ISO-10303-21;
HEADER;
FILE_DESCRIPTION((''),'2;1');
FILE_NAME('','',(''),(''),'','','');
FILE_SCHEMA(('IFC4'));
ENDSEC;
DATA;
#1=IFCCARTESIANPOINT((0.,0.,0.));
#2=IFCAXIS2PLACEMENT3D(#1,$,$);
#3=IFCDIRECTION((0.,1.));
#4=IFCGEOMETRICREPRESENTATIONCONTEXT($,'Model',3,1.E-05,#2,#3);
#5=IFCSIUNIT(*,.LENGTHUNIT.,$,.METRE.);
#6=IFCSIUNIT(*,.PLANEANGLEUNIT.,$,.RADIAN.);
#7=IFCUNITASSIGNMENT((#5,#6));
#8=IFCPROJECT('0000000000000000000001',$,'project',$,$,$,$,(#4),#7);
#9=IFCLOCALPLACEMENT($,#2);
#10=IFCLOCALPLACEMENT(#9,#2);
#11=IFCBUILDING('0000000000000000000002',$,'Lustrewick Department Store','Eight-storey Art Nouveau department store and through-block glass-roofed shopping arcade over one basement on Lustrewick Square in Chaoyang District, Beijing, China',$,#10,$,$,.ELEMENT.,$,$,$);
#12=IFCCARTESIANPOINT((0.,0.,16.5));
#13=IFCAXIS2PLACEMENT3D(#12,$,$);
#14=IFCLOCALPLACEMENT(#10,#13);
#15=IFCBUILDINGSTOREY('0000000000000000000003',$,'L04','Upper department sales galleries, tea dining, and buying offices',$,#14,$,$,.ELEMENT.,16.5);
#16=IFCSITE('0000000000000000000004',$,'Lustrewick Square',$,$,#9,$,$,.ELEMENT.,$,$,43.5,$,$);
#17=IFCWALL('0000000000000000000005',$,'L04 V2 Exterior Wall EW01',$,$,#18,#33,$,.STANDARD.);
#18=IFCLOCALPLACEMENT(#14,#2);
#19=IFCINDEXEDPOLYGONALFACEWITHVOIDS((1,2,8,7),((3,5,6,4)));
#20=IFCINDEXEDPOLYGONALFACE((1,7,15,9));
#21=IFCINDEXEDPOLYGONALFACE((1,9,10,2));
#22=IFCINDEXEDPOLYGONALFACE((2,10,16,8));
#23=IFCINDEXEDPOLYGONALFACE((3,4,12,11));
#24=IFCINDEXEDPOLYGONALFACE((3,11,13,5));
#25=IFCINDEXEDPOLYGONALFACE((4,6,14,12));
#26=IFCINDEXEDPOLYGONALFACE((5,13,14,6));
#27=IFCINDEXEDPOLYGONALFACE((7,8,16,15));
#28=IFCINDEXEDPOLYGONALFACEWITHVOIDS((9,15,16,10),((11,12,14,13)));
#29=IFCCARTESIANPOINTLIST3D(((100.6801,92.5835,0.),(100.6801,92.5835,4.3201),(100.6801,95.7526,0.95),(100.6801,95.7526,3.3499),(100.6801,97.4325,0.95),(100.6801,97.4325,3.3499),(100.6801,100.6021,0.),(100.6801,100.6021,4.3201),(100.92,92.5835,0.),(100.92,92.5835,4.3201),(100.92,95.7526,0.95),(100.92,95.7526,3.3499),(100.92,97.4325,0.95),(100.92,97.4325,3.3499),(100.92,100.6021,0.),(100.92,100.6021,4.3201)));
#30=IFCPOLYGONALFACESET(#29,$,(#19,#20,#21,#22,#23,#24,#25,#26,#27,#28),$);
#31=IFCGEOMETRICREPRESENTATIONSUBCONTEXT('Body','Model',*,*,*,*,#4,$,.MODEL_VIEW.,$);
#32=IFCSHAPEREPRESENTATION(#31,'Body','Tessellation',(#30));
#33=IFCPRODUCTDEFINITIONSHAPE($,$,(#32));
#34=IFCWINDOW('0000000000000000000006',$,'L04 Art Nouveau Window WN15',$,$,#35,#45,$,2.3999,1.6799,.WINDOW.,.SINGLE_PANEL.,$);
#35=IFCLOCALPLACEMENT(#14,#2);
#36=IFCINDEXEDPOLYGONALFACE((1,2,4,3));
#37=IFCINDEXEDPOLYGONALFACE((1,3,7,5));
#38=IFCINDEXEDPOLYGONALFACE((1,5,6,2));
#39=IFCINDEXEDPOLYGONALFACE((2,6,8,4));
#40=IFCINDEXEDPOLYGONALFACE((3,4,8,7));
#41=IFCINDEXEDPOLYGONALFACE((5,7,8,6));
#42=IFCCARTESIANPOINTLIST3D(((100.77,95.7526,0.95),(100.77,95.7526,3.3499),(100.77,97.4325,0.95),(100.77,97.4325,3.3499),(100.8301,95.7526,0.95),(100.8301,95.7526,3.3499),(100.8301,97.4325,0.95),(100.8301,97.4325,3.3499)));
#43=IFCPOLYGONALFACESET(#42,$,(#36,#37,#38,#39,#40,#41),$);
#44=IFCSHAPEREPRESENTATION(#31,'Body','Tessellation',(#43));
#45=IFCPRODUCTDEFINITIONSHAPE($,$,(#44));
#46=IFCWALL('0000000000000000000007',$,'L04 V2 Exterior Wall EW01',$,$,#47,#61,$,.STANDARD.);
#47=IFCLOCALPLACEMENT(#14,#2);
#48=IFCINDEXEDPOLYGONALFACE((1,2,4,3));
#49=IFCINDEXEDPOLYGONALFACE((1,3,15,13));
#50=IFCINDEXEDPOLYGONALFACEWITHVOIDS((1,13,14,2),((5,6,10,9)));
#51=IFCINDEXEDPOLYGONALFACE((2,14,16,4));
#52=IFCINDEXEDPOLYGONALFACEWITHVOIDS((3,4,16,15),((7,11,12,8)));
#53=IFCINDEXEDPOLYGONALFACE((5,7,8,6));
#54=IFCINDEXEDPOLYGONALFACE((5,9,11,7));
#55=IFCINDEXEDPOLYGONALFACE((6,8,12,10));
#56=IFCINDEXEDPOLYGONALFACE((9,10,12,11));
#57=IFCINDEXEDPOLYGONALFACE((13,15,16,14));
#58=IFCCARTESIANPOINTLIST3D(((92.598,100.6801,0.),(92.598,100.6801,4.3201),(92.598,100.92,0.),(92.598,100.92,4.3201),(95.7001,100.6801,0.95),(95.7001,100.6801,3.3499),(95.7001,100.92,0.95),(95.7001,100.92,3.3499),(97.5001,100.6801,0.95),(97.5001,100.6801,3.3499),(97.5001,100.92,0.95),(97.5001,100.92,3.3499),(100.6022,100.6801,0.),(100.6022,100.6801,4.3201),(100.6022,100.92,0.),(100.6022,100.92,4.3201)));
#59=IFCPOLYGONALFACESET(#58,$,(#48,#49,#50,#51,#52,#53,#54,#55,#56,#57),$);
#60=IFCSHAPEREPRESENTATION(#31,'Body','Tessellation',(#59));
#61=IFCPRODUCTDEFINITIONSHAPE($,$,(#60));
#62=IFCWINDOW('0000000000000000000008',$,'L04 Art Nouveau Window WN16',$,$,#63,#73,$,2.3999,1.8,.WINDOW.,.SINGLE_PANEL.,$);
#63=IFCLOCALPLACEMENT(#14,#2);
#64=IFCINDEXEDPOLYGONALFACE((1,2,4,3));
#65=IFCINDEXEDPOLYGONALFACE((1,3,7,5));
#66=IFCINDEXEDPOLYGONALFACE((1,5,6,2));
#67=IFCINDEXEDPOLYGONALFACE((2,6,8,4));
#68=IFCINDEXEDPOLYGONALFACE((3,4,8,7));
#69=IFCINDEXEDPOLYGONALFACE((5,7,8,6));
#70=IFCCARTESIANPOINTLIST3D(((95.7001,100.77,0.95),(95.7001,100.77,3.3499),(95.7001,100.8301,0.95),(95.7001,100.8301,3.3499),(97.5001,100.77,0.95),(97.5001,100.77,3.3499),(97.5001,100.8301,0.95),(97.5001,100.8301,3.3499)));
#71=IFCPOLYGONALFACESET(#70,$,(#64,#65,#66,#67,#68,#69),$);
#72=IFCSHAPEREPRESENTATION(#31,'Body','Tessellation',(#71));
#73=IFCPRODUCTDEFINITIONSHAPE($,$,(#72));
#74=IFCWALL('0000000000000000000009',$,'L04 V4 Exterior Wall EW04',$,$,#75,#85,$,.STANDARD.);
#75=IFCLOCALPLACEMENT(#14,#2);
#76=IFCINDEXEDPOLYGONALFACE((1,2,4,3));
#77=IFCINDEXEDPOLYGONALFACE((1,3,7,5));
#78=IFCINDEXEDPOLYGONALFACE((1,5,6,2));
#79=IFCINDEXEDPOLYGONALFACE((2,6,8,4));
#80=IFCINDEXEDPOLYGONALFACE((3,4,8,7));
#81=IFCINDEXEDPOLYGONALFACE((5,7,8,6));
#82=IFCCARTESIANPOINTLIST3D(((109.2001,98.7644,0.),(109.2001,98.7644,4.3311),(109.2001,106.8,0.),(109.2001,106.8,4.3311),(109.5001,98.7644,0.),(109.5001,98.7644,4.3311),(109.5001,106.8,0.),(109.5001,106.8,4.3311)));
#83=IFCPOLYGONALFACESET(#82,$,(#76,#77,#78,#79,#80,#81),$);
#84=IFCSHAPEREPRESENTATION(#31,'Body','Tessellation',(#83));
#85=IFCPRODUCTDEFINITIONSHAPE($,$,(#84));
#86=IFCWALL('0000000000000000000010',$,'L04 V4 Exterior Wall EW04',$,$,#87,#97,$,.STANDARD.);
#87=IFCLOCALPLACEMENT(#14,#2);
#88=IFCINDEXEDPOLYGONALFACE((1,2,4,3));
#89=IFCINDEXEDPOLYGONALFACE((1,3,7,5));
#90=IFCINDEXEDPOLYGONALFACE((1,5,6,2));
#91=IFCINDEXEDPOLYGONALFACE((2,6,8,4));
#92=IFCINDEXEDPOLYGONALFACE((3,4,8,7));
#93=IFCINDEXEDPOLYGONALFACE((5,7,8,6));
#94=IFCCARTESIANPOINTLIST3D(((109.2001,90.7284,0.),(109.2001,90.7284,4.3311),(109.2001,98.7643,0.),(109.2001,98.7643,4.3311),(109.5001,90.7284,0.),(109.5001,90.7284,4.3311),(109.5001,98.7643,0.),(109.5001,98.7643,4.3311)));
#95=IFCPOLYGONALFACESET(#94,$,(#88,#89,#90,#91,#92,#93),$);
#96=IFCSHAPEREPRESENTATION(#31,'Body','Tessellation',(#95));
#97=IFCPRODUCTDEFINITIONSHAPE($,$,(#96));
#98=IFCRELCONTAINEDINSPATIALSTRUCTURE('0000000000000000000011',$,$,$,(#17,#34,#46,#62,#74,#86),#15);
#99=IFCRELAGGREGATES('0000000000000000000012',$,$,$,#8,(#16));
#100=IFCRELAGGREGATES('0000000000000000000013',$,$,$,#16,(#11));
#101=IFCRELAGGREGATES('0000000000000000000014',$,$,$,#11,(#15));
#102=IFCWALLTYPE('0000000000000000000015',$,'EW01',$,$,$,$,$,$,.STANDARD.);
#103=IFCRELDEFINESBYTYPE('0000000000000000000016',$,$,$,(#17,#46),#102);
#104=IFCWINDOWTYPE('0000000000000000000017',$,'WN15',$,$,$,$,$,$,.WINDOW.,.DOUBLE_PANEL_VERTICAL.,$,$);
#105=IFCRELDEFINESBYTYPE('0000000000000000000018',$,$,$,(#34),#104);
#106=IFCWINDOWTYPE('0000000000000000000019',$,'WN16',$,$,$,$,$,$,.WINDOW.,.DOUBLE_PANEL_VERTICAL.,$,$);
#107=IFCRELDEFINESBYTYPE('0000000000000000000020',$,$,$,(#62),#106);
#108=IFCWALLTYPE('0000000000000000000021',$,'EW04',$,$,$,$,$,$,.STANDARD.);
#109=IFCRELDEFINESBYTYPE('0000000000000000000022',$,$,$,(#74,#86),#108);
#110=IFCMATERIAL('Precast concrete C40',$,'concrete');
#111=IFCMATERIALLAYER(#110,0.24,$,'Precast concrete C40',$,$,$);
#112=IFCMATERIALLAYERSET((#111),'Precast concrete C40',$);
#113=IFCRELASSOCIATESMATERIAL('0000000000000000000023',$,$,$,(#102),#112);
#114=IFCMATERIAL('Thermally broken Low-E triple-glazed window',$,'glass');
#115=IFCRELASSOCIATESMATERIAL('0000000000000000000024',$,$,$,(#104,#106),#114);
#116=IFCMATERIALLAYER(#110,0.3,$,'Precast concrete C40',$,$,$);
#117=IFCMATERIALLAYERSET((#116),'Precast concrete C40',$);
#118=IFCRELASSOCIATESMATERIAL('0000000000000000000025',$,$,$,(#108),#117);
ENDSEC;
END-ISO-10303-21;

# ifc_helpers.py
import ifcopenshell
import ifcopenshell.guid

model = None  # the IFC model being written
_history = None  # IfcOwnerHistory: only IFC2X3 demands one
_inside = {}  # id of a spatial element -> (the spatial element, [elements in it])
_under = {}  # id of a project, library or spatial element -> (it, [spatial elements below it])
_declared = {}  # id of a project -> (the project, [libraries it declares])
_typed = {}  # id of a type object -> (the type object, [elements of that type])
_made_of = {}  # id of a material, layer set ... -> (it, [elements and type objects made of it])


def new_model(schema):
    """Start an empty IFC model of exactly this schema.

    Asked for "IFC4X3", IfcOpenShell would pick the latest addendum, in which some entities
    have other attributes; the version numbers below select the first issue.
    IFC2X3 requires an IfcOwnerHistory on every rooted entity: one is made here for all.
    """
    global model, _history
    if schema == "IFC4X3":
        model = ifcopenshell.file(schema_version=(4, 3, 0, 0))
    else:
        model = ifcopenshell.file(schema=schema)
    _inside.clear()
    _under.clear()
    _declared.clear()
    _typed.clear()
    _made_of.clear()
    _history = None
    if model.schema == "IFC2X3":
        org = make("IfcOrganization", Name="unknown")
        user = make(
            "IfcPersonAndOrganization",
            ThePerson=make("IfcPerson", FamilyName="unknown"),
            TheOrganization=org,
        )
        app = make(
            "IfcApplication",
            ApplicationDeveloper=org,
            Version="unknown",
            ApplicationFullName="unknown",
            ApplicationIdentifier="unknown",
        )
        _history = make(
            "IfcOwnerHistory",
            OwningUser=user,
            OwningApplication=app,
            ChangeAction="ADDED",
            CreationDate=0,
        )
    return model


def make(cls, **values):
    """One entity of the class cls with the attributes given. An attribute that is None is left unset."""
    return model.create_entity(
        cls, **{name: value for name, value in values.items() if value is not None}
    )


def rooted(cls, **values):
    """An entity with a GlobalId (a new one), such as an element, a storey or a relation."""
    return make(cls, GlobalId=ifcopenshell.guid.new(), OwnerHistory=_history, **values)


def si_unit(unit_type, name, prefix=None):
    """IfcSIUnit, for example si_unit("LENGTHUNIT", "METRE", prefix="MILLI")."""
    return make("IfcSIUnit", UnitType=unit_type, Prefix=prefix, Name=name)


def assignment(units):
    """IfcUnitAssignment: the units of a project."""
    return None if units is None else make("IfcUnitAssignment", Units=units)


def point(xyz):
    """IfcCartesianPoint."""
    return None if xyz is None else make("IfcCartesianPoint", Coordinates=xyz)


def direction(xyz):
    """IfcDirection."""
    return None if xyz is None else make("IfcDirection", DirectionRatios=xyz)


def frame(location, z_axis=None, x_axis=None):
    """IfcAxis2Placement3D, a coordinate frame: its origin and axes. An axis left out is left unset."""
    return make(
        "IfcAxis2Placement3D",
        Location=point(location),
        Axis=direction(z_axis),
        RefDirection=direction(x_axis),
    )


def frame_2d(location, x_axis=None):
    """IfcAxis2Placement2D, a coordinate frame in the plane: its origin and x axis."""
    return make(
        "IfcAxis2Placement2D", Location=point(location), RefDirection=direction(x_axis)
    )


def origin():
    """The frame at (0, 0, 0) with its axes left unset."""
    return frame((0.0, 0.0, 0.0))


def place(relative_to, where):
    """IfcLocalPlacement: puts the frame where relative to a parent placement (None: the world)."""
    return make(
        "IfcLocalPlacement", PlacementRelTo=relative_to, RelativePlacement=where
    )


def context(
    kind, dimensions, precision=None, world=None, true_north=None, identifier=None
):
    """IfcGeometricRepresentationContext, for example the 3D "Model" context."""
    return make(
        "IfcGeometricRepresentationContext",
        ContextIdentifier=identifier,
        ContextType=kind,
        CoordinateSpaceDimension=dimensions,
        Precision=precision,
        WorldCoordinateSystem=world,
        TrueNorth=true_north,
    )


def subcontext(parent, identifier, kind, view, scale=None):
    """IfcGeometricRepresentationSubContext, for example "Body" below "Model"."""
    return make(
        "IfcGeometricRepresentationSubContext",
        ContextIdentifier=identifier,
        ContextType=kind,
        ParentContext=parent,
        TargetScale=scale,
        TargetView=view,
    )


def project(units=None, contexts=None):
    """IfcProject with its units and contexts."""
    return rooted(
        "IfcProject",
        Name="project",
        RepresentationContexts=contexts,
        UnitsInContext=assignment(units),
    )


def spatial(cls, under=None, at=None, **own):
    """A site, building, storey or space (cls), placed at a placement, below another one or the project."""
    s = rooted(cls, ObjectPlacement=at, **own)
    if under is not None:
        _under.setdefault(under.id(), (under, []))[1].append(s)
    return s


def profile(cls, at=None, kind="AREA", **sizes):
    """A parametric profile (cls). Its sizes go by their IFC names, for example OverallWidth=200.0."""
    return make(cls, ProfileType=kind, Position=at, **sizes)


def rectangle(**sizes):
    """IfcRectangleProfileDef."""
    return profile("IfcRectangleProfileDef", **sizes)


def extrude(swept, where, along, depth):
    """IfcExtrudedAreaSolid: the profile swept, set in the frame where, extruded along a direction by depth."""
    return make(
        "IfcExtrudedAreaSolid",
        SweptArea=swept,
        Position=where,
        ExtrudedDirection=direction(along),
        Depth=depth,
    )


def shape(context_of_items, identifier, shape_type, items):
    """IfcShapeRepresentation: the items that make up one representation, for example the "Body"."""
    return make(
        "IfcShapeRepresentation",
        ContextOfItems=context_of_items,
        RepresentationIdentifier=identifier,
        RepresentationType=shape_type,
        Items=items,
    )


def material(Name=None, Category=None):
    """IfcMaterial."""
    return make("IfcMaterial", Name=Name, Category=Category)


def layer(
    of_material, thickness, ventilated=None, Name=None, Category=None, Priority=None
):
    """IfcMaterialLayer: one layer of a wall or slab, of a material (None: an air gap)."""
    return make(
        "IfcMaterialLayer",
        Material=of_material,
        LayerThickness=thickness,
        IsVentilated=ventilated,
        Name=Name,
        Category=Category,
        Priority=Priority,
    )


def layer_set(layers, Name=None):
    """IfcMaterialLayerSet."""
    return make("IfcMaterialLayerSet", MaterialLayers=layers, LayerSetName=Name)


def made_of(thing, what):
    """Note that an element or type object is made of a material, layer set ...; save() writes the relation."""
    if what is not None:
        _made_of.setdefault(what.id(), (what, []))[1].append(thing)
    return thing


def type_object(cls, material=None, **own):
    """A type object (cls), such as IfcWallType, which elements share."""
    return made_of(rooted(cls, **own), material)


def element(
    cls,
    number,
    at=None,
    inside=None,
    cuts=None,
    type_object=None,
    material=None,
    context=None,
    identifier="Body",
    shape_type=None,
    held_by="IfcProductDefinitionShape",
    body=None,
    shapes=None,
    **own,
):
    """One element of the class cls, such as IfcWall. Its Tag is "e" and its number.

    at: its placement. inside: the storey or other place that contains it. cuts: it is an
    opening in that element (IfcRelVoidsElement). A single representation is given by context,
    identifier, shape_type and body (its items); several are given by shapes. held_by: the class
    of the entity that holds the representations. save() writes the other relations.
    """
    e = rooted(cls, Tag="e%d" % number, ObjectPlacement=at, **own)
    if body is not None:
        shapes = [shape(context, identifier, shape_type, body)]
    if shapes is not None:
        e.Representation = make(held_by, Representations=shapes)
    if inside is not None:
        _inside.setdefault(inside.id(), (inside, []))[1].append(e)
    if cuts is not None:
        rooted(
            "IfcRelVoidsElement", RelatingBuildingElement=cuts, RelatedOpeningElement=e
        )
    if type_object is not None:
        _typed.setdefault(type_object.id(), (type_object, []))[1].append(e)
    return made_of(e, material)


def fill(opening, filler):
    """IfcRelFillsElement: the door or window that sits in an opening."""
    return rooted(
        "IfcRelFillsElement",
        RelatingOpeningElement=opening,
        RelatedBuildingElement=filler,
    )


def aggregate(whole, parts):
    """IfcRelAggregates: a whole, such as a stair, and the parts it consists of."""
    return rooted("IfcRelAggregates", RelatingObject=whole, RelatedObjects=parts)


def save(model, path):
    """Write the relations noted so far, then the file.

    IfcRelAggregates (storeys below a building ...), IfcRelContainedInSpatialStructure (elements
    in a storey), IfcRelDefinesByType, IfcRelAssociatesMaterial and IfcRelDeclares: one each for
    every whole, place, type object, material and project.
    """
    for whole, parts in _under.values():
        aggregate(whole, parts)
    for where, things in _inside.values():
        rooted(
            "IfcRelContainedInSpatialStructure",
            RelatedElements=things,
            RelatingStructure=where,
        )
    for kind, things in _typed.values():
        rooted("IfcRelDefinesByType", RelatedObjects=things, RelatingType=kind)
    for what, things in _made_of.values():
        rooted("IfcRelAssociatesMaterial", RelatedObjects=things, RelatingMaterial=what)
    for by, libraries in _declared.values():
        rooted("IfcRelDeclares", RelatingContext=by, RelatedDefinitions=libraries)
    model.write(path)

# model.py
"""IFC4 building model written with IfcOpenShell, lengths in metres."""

from ifc_helpers import new_model, si_unit, direction, frame, frame_2d, origin, place, context, subcontext, project, spatial, rectangle, extrude, material, layer, layer_set, type_object, element, fill, save


model = new_model("IFC4")

# Units and contexts
model_context = context("Model", 3, precision=1e-05, world=origin(), true_north=direction((0.0, 1.0)))
body_context = subcontext(model_context, "Body", "Model", "MODEL_VIEW")
ifc_project = project(units=[si_unit("LENGTHUNIT", "METRE"), si_unit("PLANEANGLEUNIT", "RADIAN")], contexts=[model_context])

# Site, building, storey
site_placement = place(None, origin())
site = spatial("IfcSite", under=ifc_project, at=site_placement, Name="Lustrewick Square", CompositionType="ELEMENT", RefElevation=43.5)
building_placement = place(site_placement, origin())
building = spatial("IfcBuilding", under=site, at=building_placement, Name="Lustrewick Department Store", Description="Eight-storey Art Nouveau department store and through-block glass-roofed shopping arcade over one basement on Lustrewick Square in Chaoyang District, Beijing, China", CompositionType="ELEMENT")
storey_placement = place(building_placement, frame((0.0, 0.0, 16.5)))
storey = spatial("IfcBuildingStorey", under=building, at=storey_placement, Name="L04", Description="Upper department sales galleries, tea dining, and buying offices", CompositionType="ELEMENT", Elevation=16.5)

# Walls, openings, windows
ifc_material_1 = material(Name="Precast concrete C40", Category="concrete")
ifc_layer_1 = layer(ifc_material_1, 0.24, Name="Precast concrete C40")
ifc_layer_set_1 = layer_set([ifc_layer_1], Name="Precast concrete C40")
wall_type_1 = type_object("IfcWallType", Name="EW01", PredefinedType="STANDARD", material=ifc_layer_set_1)
wall_1_placement = place(storey_placement, frame((100.8, 92.5835, 0.0), z_axis=(0.0, 0.0, 1.0), x_axis=(0.0, 1.0, 0.0)))
wall_1 = element("IfcWall", 1, at=wall_1_placement, inside=storey, type_object=wall_type_1, Name="L04 V2 Exterior Wall EW01", PredefinedType="STANDARD", context=body_context, shape_type="SweptSolid", body=[
    extrude(rectangle(XDim=8.0186, YDim=0.24, at=frame_2d((4.0093, 0.0))), origin(), (0.0, 0.0, 1.0), 4.3201),
])
opening_1_placement = place(wall_1_placement, frame((3.1692, 0.0, 0.95)))
opening_1 = element("IfcOpeningElement", 2, at=opening_1_placement, cuts=wall_1, PredefinedType="OPENING", context=body_context, shape_type="SweptSolid", body=[
    extrude(rectangle(XDim=1.6799, YDim=2.3999, at=frame_2d((0.8398, 1.2))), frame((0.0, 0.1299, 0.0), z_axis=(0.0, -1.0, 0.0), x_axis=(1.0, 0.0, 0.0)), (0.0, 0.0, 1.0), 0.26),
])
ifc_material_2 = material(Name="Thermally broken Low-E triple-glazed window", Category="glass")
window_type_1 = type_object("IfcWindowType", Name="WN15", PartitioningType="DOUBLE_PANEL_VERTICAL", PredefinedType="WINDOW", material=ifc_material_2)
window_1_placement = place(opening_1_placement, origin())
window_1 = element("IfcWindow", 3, at=window_1_placement, inside=storey, type_object=window_type_1, Name="L04 Art Nouveau Window WN15", OverallHeight=2.3999, OverallWidth=1.6799, PartitioningType="SINGLE_PANEL", PredefinedType="WINDOW", context=body_context, shape_type="SweptSolid", body=[
    extrude(rectangle(XDim=1.6799, YDim=2.3999, at=frame_2d((0.8398, 1.2))), frame((0.0, 0.03, 0.0), z_axis=(0.0, -1.0, 0.0), x_axis=(1.0, 0.0, 0.0)), (0.0, 0.0, 1.0), 0.0601),
])
fill(opening_1, window_1)
wall_2_placement = place(storey_placement, frame((100.6021, 100.8, 0.0), z_axis=(0.0, 0.0, 1.0), x_axis=(-1.0, 0.0, 0.0)))
wall_2 = element("IfcWall", 4, at=wall_2_placement, inside=storey, type_object=wall_type_1, Name="L04 V2 Exterior Wall EW01", PredefinedType="STANDARD", context=body_context, shape_type="SweptSolid", body=[
    extrude(rectangle(XDim=8.0042, YDim=0.24, at=frame_2d((4.002, 0.0))), origin(), (0.0, 0.0, 1.0), 4.3201),
])
opening_2_placement = place(wall_2_placement, frame((3.1021, 0.0, 0.95)))
opening_2 = element("IfcOpeningElement", 5, at=opening_2_placement, cuts=wall_2, PredefinedType="OPENING", context=body_context, shape_type="SweptSolid", body=[
    extrude(rectangle(XDim=1.8, YDim=2.3999, at=frame_2d((0.8999, 1.2))), frame((0.0, 0.1299, 0.0), z_axis=(0.0, -1.0, 0.0), x_axis=(1.0, 0.0, 0.0)), (0.0, 0.0, 1.0), 0.26),
])
window_type_2 = type_object("IfcWindowType", Name="WN16", PartitioningType="DOUBLE_PANEL_VERTICAL", PredefinedType="WINDOW", material=ifc_material_2)
window_2_placement = place(opening_2_placement, origin())
window_2 = element("IfcWindow", 6, at=window_2_placement, inside=storey, type_object=window_type_2, Name="L04 Art Nouveau Window WN16", OverallHeight=2.3999, OverallWidth=1.8, PartitioningType="SINGLE_PANEL", PredefinedType="WINDOW", context=body_context, shape_type="SweptSolid", body=[
    extrude(rectangle(XDim=1.8, YDim=2.3999, at=frame_2d((0.8999, 1.2))), frame((0.0, 0.03, 0.0), z_axis=(0.0, -1.0, 0.0), x_axis=(1.0, 0.0, 0.0)), (0.0, 0.0, 1.0), 0.0601),
])
fill(opening_2, window_2)

# Walls
ifc_layer_2 = layer(ifc_material_1, 0.3, Name="Precast concrete C40")
ifc_layer_set_2 = layer_set([ifc_layer_2], Name="Precast concrete C40")
wall_type_2 = type_object("IfcWallType", Name="EW04", PredefinedType="STANDARD", material=ifc_layer_set_2)
wall_3_placement = place(storey_placement, frame((109.3501, 106.8, 0.0), z_axis=(0.0, 0.0, 1.0), x_axis=(0.0, -1.0, 0.0)))
element("IfcWall", 7, at=wall_3_placement, inside=storey, type_object=wall_type_2, Name="L04 V4 Exterior Wall EW04", PredefinedType="STANDARD", context=body_context, shape_type="SweptSolid", body=[
    extrude(rectangle(XDim=8.0356, YDim=0.3, at=frame_2d((4.0178, 0.0))), origin(), (0.0, 0.0, 1.0), 4.3311),
])
wall_4_placement = place(storey_placement, frame((109.3501, 98.7644, 0.0), z_axis=(0.0, 0.0, 1.0), x_axis=(0.0, -1.0, 0.0)))
element("IfcWall", 8, at=wall_4_placement, inside=storey, type_object=wall_type_2, Name="L04 V4 Exterior Wall EW04", PredefinedType="STANDARD", context=body_context, shape_type="SweptSolid", body=[
    extrude(rectangle(XDim=8.0359, YDim=0.3, at=frame_2d((4.0181, 0.0))), origin(), (0.0, 0.0, 1.0), 4.3311),
])

save(model, "model.ifc")
